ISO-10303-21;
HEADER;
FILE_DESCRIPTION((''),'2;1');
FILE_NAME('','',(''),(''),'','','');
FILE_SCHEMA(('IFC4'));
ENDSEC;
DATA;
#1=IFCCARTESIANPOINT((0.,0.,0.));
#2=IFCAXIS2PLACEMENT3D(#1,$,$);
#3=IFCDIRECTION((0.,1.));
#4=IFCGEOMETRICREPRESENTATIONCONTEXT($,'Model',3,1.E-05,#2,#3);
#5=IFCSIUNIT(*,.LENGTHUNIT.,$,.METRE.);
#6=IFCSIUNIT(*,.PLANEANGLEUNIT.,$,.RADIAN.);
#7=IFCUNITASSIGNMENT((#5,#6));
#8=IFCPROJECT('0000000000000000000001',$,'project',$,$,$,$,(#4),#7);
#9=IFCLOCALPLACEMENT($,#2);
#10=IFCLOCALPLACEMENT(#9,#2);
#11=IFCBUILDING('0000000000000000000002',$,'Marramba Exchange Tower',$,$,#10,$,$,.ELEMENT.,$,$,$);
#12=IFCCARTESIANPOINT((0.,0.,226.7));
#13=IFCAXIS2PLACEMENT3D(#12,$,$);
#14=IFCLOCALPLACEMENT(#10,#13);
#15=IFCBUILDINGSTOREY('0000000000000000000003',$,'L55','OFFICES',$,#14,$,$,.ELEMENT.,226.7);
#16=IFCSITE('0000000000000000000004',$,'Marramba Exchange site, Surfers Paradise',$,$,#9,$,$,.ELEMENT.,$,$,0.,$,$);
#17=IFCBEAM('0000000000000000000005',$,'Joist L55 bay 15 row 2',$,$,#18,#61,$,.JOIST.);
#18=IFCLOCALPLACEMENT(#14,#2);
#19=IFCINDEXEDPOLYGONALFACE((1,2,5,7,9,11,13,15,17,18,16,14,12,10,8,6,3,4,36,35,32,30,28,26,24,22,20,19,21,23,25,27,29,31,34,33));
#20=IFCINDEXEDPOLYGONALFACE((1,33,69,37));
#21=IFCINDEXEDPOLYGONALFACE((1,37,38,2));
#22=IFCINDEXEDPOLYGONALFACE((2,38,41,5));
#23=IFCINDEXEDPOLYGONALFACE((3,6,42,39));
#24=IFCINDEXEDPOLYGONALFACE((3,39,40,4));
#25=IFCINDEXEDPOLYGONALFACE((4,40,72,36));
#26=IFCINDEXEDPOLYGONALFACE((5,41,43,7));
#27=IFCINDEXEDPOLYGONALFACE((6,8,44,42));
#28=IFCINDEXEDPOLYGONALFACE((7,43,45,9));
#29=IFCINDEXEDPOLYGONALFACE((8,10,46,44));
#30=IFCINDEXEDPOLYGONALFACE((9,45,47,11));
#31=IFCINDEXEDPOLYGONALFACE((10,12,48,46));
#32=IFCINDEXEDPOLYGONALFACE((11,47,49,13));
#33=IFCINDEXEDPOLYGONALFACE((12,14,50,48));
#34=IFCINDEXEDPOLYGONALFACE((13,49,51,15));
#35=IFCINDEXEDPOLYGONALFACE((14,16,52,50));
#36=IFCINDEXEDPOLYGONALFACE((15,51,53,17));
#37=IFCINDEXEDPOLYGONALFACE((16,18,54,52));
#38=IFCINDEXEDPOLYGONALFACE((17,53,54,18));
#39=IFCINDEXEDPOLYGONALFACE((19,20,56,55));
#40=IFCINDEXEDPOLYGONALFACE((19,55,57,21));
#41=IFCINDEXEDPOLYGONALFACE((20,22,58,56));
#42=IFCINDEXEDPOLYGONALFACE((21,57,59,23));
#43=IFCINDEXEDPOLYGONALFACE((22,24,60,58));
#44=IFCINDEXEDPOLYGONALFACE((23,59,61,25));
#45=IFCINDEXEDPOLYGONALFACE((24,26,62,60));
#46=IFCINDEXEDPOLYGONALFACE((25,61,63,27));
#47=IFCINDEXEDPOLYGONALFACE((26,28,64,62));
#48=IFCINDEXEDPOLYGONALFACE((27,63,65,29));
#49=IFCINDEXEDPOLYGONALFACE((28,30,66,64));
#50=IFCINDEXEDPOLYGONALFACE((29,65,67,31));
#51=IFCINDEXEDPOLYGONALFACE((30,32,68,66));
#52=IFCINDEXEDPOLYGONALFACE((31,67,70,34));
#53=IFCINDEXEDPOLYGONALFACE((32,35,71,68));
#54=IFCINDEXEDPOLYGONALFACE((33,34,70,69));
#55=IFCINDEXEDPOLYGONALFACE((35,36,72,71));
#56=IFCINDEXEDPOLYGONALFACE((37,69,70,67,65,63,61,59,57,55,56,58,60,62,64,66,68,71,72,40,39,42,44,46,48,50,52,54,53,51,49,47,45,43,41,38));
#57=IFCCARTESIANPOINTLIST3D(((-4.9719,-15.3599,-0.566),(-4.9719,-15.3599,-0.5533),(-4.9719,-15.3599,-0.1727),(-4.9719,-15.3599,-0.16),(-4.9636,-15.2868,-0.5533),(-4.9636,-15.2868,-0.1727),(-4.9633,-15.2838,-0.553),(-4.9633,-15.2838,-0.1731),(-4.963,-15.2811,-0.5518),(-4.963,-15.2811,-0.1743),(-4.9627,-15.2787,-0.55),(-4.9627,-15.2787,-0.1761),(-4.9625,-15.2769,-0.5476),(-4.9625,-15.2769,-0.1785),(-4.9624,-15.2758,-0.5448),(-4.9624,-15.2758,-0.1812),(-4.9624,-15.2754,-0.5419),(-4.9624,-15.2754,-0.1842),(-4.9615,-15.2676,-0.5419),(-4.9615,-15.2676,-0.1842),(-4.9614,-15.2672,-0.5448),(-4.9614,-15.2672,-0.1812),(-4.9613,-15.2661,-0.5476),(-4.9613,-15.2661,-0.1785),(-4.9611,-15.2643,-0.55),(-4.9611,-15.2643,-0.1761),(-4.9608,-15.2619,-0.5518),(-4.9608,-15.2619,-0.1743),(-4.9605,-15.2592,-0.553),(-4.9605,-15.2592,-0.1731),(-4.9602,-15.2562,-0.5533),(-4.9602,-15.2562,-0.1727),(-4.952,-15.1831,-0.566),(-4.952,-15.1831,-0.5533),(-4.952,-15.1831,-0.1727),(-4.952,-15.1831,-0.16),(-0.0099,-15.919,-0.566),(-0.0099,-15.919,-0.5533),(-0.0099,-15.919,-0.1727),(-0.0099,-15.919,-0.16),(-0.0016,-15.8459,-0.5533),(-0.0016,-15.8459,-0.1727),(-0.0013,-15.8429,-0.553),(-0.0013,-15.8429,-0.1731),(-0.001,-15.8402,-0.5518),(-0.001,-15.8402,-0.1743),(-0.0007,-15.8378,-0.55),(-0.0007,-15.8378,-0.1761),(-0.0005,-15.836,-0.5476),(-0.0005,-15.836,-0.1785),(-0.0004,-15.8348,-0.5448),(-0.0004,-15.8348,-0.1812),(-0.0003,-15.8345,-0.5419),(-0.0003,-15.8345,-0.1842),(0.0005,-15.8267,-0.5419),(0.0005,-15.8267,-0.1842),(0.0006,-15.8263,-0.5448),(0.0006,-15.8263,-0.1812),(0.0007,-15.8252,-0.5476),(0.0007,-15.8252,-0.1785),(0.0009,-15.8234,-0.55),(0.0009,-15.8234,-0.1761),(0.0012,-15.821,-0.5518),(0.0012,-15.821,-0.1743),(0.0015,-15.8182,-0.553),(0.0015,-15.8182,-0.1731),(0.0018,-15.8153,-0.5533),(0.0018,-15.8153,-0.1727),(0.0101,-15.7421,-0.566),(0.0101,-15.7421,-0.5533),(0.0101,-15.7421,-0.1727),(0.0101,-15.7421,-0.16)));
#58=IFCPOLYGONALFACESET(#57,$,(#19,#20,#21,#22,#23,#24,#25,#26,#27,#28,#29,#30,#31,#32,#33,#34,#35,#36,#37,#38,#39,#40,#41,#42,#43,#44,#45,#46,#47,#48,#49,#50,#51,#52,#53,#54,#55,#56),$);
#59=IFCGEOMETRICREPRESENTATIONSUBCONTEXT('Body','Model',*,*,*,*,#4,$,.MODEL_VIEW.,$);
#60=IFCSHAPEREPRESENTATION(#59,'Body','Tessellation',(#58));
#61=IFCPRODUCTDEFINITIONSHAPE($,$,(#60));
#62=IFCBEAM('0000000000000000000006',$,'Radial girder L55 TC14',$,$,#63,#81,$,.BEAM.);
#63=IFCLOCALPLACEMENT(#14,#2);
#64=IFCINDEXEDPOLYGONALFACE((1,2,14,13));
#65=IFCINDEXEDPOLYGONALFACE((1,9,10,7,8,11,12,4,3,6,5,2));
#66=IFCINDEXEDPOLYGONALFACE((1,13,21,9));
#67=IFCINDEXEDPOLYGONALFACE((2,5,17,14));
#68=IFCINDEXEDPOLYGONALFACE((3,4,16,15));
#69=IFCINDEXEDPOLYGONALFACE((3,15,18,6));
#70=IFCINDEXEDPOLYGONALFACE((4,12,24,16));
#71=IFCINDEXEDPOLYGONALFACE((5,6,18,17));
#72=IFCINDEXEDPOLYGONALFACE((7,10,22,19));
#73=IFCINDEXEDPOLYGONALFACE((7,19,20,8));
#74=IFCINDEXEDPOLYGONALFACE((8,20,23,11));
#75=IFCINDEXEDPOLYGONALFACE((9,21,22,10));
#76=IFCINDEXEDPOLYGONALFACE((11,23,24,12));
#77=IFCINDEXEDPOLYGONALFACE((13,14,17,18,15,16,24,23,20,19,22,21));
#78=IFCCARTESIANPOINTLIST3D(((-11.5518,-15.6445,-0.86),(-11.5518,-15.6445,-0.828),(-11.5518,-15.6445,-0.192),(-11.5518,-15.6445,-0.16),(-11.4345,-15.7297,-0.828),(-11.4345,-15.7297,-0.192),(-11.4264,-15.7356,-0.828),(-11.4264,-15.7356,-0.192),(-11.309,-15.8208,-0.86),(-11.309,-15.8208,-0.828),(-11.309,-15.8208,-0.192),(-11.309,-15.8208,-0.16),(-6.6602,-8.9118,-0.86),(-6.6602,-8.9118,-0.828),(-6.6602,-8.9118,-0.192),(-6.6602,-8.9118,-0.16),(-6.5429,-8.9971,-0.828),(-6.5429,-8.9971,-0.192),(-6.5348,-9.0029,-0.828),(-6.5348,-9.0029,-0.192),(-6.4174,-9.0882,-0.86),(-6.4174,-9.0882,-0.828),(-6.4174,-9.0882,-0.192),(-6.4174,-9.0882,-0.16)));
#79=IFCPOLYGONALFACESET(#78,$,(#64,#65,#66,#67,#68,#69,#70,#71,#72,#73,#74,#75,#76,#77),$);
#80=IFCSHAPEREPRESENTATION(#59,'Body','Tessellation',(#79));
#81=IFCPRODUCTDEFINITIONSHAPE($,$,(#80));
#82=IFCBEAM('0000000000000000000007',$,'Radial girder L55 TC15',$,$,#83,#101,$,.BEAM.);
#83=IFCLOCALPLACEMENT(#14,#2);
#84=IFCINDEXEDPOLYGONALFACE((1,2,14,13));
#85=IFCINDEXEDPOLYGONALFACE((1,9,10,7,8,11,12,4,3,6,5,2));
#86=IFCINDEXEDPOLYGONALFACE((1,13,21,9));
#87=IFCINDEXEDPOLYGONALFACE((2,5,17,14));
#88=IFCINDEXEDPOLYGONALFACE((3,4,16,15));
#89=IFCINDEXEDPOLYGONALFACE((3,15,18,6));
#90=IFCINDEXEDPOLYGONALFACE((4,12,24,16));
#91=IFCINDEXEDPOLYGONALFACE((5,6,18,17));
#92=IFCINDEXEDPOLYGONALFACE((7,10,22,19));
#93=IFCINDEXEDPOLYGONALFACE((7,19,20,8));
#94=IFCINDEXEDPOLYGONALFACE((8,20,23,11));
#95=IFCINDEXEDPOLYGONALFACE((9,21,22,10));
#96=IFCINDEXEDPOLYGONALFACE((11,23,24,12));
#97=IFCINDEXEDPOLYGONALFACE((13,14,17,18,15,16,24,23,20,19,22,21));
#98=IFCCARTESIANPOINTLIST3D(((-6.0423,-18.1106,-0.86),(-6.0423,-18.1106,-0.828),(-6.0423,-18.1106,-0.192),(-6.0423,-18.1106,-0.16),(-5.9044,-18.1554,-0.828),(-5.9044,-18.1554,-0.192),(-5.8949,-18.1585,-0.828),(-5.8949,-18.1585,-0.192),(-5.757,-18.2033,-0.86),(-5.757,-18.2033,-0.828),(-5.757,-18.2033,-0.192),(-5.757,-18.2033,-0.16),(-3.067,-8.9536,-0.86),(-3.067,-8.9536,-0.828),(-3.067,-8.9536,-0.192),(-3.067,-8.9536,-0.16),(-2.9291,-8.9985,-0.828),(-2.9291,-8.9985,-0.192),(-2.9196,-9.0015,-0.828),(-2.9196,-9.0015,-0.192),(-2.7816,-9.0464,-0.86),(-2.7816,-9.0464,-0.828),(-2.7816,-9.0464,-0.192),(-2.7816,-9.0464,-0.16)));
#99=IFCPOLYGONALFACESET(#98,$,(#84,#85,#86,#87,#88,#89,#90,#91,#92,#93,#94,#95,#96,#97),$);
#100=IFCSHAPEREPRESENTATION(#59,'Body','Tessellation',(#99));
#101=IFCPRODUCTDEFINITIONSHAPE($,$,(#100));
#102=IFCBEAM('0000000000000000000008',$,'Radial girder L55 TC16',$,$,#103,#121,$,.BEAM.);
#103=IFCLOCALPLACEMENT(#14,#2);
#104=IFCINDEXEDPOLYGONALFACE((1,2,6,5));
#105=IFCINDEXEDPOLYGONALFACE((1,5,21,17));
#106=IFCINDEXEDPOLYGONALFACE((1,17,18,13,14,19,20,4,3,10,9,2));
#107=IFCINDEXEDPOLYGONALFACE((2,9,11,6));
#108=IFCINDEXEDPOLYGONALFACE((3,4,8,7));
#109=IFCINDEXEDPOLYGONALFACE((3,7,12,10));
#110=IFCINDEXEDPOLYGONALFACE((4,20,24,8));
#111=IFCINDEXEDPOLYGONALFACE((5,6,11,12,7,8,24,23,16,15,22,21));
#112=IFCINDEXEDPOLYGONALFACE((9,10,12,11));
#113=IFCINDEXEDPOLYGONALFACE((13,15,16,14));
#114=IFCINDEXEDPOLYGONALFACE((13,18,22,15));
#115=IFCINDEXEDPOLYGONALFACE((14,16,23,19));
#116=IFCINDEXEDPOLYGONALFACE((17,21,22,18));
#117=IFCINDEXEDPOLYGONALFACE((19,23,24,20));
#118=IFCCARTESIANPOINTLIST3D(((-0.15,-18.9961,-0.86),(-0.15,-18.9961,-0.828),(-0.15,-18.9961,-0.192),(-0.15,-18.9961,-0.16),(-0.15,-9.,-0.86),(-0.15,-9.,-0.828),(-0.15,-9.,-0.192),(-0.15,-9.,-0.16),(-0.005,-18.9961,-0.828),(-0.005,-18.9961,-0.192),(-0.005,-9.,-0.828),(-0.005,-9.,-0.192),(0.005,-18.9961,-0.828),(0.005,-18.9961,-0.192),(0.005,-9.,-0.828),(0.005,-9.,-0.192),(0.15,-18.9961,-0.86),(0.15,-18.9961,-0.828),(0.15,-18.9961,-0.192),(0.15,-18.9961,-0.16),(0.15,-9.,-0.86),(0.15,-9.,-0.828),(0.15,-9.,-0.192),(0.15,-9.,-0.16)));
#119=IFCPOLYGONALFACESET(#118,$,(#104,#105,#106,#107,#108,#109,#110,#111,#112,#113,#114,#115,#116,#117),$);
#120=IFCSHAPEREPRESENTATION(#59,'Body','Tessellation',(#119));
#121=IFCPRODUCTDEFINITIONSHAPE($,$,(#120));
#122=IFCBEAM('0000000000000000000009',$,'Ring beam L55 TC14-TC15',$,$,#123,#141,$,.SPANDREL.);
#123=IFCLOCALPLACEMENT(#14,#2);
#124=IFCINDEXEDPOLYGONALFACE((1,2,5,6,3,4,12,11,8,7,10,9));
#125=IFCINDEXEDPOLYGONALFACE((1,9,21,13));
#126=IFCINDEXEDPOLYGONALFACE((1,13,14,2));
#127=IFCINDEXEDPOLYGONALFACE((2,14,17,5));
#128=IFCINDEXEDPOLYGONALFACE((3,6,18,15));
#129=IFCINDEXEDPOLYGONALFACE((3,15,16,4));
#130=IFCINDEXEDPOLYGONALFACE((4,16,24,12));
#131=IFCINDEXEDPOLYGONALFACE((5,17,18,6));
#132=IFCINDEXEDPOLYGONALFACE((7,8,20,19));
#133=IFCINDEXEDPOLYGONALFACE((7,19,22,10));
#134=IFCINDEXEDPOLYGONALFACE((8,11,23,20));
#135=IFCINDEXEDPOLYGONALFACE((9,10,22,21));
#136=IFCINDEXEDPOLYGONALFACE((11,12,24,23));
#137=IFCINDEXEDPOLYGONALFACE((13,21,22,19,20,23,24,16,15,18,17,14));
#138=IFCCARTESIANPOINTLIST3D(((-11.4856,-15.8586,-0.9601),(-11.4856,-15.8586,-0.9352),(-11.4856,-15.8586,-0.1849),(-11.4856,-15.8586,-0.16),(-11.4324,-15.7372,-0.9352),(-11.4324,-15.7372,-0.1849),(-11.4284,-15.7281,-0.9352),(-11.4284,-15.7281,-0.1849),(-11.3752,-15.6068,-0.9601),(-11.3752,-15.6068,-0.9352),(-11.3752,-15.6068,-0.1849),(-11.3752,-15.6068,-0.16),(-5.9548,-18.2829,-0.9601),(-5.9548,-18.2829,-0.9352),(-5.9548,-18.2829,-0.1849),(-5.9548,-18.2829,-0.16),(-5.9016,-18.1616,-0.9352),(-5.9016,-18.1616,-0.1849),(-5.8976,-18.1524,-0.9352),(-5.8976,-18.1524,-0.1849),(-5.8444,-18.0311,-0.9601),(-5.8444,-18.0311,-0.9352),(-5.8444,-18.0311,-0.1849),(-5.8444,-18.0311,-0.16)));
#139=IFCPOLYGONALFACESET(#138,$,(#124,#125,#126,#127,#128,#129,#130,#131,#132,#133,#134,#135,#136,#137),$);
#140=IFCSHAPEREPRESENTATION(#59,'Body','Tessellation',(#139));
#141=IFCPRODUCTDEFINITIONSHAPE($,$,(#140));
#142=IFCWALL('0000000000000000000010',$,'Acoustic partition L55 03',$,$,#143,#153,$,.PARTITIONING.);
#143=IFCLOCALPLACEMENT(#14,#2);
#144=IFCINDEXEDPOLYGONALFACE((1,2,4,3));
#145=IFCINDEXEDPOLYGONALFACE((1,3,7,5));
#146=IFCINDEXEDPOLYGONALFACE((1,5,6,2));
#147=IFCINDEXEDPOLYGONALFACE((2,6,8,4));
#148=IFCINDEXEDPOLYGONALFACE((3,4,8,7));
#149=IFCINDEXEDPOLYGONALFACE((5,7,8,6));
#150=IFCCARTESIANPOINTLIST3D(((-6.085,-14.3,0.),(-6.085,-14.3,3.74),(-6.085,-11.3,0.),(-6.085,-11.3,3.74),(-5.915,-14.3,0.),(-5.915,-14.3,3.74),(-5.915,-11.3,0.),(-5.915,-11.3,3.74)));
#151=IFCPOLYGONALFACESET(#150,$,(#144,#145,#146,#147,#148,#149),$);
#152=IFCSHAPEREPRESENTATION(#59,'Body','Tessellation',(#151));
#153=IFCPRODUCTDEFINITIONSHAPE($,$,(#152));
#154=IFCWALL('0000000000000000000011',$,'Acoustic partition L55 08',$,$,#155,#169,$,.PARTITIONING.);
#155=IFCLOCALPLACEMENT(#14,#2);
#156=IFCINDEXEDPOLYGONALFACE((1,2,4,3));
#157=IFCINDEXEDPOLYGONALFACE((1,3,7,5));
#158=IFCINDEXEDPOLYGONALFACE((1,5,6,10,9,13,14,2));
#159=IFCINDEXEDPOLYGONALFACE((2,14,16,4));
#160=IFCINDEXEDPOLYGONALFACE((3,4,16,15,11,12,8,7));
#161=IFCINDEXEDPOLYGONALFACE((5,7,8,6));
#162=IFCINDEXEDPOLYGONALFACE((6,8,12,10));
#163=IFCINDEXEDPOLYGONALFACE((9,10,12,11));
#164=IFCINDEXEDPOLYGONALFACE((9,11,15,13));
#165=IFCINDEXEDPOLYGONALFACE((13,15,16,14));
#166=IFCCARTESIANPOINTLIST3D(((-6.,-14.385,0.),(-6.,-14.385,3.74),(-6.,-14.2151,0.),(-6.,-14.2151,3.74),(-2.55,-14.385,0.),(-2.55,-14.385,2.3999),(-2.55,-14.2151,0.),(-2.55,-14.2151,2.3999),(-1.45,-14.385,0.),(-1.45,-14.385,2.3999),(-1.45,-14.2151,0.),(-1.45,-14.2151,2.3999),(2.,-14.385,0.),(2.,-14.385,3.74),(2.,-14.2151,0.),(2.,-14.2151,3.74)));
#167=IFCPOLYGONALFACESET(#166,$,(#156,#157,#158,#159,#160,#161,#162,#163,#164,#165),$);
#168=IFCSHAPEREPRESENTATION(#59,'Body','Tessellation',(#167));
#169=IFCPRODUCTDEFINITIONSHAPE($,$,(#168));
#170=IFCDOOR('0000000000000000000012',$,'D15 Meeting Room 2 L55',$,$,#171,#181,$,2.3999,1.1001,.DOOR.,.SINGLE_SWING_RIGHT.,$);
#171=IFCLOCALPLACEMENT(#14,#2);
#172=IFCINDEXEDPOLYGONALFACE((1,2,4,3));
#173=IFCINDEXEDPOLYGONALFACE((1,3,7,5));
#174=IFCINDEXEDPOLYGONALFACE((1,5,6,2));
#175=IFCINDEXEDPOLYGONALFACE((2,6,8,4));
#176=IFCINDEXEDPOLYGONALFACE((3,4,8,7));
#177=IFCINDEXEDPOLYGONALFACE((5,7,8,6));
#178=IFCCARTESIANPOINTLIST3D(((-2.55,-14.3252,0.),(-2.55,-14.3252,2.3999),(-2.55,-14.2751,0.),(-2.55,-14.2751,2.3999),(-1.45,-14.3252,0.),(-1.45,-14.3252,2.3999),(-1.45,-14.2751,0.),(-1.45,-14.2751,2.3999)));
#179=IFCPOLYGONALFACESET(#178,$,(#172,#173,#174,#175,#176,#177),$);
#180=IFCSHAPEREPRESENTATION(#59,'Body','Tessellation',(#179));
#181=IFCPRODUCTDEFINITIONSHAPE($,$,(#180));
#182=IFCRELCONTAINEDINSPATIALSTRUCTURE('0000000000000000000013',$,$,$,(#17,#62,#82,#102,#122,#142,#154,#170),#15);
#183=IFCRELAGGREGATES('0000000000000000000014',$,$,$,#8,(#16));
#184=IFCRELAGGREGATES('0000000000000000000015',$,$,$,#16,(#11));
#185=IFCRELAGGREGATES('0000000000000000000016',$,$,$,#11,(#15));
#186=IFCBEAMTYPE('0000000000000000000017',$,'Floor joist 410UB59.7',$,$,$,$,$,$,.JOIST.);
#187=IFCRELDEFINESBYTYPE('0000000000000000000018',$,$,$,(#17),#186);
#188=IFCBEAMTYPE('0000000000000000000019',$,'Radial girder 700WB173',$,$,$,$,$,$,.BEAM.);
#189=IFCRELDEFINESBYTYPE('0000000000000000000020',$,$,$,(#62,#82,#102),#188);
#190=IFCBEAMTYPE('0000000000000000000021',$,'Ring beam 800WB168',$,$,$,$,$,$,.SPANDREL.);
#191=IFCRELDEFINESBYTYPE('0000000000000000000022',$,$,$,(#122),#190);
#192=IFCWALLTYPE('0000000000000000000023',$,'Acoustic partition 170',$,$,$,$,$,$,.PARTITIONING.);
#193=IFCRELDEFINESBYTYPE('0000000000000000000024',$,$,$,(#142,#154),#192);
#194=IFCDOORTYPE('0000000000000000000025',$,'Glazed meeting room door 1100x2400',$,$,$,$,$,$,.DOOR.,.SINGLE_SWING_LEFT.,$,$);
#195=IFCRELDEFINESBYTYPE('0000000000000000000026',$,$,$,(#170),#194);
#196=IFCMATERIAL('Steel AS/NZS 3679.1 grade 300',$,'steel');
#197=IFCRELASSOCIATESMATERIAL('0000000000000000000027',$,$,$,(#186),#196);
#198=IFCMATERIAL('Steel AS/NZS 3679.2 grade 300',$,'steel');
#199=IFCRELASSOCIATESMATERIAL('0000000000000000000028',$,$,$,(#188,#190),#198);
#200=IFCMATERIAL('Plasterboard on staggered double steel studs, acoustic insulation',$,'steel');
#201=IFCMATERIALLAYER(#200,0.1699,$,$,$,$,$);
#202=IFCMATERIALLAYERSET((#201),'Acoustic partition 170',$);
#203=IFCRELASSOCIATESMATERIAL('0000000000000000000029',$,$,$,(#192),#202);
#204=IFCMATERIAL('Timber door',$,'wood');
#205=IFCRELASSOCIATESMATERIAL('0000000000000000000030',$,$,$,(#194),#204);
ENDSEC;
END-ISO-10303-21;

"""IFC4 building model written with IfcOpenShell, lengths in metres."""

from ifc_helpers import new_model, si_unit, direction, frame, frame_2d, origin, origin_2d, place, context, subcontext, project, spatial, rectangle, i_section, extrude, material, layer, layer_set, material_profile, profile_set, type_object, element, fill, save


model = new_model("IFC4")

# Units and contexts
model_context = context("Model", 3, precision=1e-05, world=origin(), true_north=direction((0.0, 1.0)))
body_context = subcontext(model_context, "Body", "Model", "MODEL_VIEW")
ifc_project = project(units=[si_unit("LENGTHUNIT", "METRE"), si_unit("PLANEANGLEUNIT", "RADIAN")], contexts=[model_context])

# Site, building, storey
site_placement = place(None, origin())
site = spatial("IfcSite", under=ifc_project, at=site_placement, Name="Marramba Exchange site, Surfers Paradise", CompositionType="ELEMENT", RefElevation=0.0)
building_placement = place(site_placement, origin())
building = spatial("IfcBuilding", under=site, at=building_placement, Name="Marramba Exchange Tower", CompositionType="ELEMENT")
storey_placement = place(building_placement, frame((0.0, 0.0, 226.7)))
storey = spatial("IfcBuildingStorey", under=building, at=storey_placement, Name="L55", Description="OFFICES", CompositionType="ELEMENT", Elevation=226.7)

# Beams
ifc_material_1 = material(Name="Steel AS/NZS 3679.2 grade 300", Category="steel")
ifc_material_2 = material(Name="Steel AS/NZS 3679.1 grade 300", Category="steel")
ifc_material_profile_1 = material_profile(ifc_material_2, i_section(OverallWidth=0.178, OverallDepth=0.406, WebThickness=0.0078, FlangeThickness=0.0127, FilletRadius=0.0115, at=origin_2d()), Name="410UB59.7")
ifc_profile_set_1 = profile_set([ifc_material_profile_1], Name="Steel AS/NZS 3679.1 grade 300")
beam_type_1 = type_object("IfcBeamType", Name="Floor joist 410UB59.7", PredefinedType="JOIST", material=ifc_profile_set_1)
beam_1_placement = place(storey_placement, frame((-4.9619, -15.2715, -0.363), z_axis=(0.993712, -0.111966, 0.0), x_axis=(0.111966, 0.993712, 0.0)))
element("IfcBeam", 1, at=beam_1_placement, inside=storey, type_object=beam_type_1, Name="Joist L55 bay 15 row 2", PredefinedType="JOIST", context=body_context, shape_type="SweptSolid", body=[
    extrude(i_section(OverallWidth=0.178, OverallDepth=0.406, WebThickness=0.0078, FlangeThickness=0.0127, FilletRadius=0.0115, at=origin_2d()), origin(), (0.0, 0.0, 1.0), 4.9934),
])
ifc_material_profile_2 = material_profile(ifc_material_1, i_section(OverallWidth=0.3, OverallDepth=0.7, WebThickness=0.01, FlangeThickness=0.032, at=origin_2d()), Name="700WB173")
ifc_profile_set_2 = profile_set([ifc_material_profile_2], Name="Steel AS/NZS 3679.2 grade 300")
beam_type_2 = type_object("IfcBeamType", Name="Radial girder 700WB173", PredefinedType="BEAM", material=ifc_profile_set_2)
beam_2_placement = place(storey_placement, frame((-6.5388, -9.0, -0.51), z_axis=(-0.587788, -0.809015, 0.0), x_axis=(0.809015, -0.587788, 0.0)))
element("IfcBeam", 2, at=beam_2_placement, inside=storey, type_object=beam_type_2, Name="Radial girder L55 TC14", PredefinedType="BEAM", context=body_context, shape_type="SweptSolid", body=[
    extrude(i_section(OverallWidth=0.3, OverallDepth=0.7, WebThickness=0.01, FlangeThickness=0.032, at=origin_2d()), origin(), (0.0, 0.0, 1.0), 8.322),
])
beam_3_placement = place(storey_placement, frame((-2.9243, -9.0, -0.51), z_axis=(-0.309022, -0.951055, 0.0), x_axis=(0.951055, -0.309022, 0.0)))
element("IfcBeam", 3, at=beam_3_placement, inside=storey, type_object=beam_type_2, Name="Radial girder L55 TC15", PredefinedType="BEAM", context=body_context, shape_type="SweptSolid", body=[
    extrude(i_section(OverallWidth=0.3, OverallDepth=0.7, WebThickness=0.01, FlangeThickness=0.032, at=origin_2d()), origin(), (0.0, 0.0, 1.0), 9.6282),
])
beam_4_placement = place(storey_placement, frame((0.0, -9.0, -0.51), z_axis=(0.0, -1.0, 0.0), x_axis=(1.0, 0.0, 0.0)))
element("IfcBeam", 4, at=beam_4_placement, inside=storey, type_object=beam_type_2, Name="Radial girder L55 TC16", PredefinedType="BEAM", context=body_context, shape_type="SweptSolid", body=[
    extrude(i_section(OverallWidth=0.3, OverallDepth=0.7, WebThickness=0.01, FlangeThickness=0.032, at=origin_2d()), origin(), (0.0, 0.0, 1.0), 9.9961),
])
ifc_material_profile_3 = material_profile(ifc_material_1, i_section(OverallWidth=0.2749, OverallDepth=0.8, WebThickness=0.01, FlangeThickness=0.0249, at=origin_2d()), Name="800WB168")
ifc_profile_set_3 = profile_set([ifc_material_profile_3], Name="Steel AS/NZS 3679.2 grade 300")
beam_type_3 = type_object("IfcBeamType", Name="Ring beam 800WB168", PredefinedType="SPANDREL", material=ifc_profile_set_3)
beam_5_placement = place(storey_placement, frame((-11.4304, -15.7327, -0.5601), z_axis=(0.915877, -0.401459, 0.0), x_axis=(0.401459, 0.915877, 0.0)))
element("IfcBeam", 5, at=beam_5_placement, inside=storey, type_object=beam_type_3, Name="Ring beam L55 TC14-TC15", PredefinedType="SPANDREL", context=body_context, shape_type="SweptSolid", body=[
    extrude(i_section(OverallWidth=0.2749, OverallDepth=0.8, WebThickness=0.01, FlangeThickness=0.0249, at=origin_2d()), origin(), (0.0, 0.0, 1.0), 6.0388),
])

# Wall
ifc_material_3 = material(Name="Plasterboard on staggered double steel studs, acoustic insulation", Category="steel")
ifc_layer_1 = layer(ifc_material_3, 0.1699)
ifc_layer_set_1 = layer_set([ifc_layer_1], Name="Acoustic partition 170")
wall_type_1 = type_object("IfcWallType", Name="Acoustic partition 170", PredefinedType="PARTITIONING", material=ifc_layer_set_1)
wall_1_placement = place(storey_placement, frame((-6.0, -11.3, 0.0), z_axis=(0.0, 0.0, 1.0), x_axis=(0.0, -1.0, 0.0)))
element("IfcWall", 6, at=wall_1_placement, inside=storey, type_object=wall_type_1, Name="Acoustic partition L55 03", PredefinedType="PARTITIONING", context=body_context, shape_type="SweptSolid", body=[
    extrude(rectangle(XDim=3.0, YDim=0.1699, at=frame_2d((1.5, 0.0))), origin(), (0.0, 0.0, 1.0), 3.74),
])

# Wall, opening, door
wall_2_placement = place(storey_placement, frame((-6.0, -14.3, 0.0), z_axis=(0.0, 0.0, 1.0), x_axis=(1.0, 0.0, 0.0)))
wall_2 = element("IfcWall", 7, at=wall_2_placement, inside=storey, type_object=wall_type_1, Name="Acoustic partition L55 08", PredefinedType="PARTITIONING", context=body_context, shape_type="SweptSolid", body=[
    extrude(rectangle(XDim=8.0, YDim=0.1699, at=frame_2d((4.0, 0.0))), origin(), (0.0, 0.0, 1.0), 3.74),
])
opening_1_placement = place(wall_2_placement, frame((3.45, 0.0, 0.0)))
opening_1 = element("IfcOpeningElement", 8, at=opening_1_placement, cuts=wall_2, PredefinedType="OPENING", context=body_context, shape_type="SweptSolid", body=[
    extrude(rectangle(XDim=1.1001, YDim=2.3999, at=frame_2d((0.55, 1.2))), frame((0.0, 0.095, 0.0), z_axis=(0.0, -1.0, 0.0), x_axis=(1.0, 0.0, 0.0)), (0.0, 0.0, 1.0), 0.1899),
])
ifc_material_4 = material(Name="Timber door", Category="wood")
door_type_1 = type_object("IfcDoorType", Name="Glazed meeting room door 1100x2400", OperationType="SINGLE_SWING_LEFT", PredefinedType="DOOR", material=ifc_material_4)
door_1_placement = place(opening_1_placement, origin())
door_1 = element("IfcDoor", 9, at=door_1_placement, inside=storey, type_object=door_type_1, Name="D15 Meeting Room 2 L55", OperationType="SINGLE_SWING_RIGHT", OverallHeight=2.3999, OverallWidth=1.1001, PredefinedType="DOOR", context=body_context, shape_type="SweptSolid", body=[
    extrude(rectangle(XDim=1.1001, YDim=2.3999, at=frame_2d((0.55, 1.2))), frame((0.0, 0.0249, 0.0), z_axis=(0.0, -1.0, 0.0), x_axis=(1.0, 0.0, 0.0)), (0.0, 0.0, 1.0), 0.05),
])
fill(opening_1, door_1)

save(model, "model.ifc")
